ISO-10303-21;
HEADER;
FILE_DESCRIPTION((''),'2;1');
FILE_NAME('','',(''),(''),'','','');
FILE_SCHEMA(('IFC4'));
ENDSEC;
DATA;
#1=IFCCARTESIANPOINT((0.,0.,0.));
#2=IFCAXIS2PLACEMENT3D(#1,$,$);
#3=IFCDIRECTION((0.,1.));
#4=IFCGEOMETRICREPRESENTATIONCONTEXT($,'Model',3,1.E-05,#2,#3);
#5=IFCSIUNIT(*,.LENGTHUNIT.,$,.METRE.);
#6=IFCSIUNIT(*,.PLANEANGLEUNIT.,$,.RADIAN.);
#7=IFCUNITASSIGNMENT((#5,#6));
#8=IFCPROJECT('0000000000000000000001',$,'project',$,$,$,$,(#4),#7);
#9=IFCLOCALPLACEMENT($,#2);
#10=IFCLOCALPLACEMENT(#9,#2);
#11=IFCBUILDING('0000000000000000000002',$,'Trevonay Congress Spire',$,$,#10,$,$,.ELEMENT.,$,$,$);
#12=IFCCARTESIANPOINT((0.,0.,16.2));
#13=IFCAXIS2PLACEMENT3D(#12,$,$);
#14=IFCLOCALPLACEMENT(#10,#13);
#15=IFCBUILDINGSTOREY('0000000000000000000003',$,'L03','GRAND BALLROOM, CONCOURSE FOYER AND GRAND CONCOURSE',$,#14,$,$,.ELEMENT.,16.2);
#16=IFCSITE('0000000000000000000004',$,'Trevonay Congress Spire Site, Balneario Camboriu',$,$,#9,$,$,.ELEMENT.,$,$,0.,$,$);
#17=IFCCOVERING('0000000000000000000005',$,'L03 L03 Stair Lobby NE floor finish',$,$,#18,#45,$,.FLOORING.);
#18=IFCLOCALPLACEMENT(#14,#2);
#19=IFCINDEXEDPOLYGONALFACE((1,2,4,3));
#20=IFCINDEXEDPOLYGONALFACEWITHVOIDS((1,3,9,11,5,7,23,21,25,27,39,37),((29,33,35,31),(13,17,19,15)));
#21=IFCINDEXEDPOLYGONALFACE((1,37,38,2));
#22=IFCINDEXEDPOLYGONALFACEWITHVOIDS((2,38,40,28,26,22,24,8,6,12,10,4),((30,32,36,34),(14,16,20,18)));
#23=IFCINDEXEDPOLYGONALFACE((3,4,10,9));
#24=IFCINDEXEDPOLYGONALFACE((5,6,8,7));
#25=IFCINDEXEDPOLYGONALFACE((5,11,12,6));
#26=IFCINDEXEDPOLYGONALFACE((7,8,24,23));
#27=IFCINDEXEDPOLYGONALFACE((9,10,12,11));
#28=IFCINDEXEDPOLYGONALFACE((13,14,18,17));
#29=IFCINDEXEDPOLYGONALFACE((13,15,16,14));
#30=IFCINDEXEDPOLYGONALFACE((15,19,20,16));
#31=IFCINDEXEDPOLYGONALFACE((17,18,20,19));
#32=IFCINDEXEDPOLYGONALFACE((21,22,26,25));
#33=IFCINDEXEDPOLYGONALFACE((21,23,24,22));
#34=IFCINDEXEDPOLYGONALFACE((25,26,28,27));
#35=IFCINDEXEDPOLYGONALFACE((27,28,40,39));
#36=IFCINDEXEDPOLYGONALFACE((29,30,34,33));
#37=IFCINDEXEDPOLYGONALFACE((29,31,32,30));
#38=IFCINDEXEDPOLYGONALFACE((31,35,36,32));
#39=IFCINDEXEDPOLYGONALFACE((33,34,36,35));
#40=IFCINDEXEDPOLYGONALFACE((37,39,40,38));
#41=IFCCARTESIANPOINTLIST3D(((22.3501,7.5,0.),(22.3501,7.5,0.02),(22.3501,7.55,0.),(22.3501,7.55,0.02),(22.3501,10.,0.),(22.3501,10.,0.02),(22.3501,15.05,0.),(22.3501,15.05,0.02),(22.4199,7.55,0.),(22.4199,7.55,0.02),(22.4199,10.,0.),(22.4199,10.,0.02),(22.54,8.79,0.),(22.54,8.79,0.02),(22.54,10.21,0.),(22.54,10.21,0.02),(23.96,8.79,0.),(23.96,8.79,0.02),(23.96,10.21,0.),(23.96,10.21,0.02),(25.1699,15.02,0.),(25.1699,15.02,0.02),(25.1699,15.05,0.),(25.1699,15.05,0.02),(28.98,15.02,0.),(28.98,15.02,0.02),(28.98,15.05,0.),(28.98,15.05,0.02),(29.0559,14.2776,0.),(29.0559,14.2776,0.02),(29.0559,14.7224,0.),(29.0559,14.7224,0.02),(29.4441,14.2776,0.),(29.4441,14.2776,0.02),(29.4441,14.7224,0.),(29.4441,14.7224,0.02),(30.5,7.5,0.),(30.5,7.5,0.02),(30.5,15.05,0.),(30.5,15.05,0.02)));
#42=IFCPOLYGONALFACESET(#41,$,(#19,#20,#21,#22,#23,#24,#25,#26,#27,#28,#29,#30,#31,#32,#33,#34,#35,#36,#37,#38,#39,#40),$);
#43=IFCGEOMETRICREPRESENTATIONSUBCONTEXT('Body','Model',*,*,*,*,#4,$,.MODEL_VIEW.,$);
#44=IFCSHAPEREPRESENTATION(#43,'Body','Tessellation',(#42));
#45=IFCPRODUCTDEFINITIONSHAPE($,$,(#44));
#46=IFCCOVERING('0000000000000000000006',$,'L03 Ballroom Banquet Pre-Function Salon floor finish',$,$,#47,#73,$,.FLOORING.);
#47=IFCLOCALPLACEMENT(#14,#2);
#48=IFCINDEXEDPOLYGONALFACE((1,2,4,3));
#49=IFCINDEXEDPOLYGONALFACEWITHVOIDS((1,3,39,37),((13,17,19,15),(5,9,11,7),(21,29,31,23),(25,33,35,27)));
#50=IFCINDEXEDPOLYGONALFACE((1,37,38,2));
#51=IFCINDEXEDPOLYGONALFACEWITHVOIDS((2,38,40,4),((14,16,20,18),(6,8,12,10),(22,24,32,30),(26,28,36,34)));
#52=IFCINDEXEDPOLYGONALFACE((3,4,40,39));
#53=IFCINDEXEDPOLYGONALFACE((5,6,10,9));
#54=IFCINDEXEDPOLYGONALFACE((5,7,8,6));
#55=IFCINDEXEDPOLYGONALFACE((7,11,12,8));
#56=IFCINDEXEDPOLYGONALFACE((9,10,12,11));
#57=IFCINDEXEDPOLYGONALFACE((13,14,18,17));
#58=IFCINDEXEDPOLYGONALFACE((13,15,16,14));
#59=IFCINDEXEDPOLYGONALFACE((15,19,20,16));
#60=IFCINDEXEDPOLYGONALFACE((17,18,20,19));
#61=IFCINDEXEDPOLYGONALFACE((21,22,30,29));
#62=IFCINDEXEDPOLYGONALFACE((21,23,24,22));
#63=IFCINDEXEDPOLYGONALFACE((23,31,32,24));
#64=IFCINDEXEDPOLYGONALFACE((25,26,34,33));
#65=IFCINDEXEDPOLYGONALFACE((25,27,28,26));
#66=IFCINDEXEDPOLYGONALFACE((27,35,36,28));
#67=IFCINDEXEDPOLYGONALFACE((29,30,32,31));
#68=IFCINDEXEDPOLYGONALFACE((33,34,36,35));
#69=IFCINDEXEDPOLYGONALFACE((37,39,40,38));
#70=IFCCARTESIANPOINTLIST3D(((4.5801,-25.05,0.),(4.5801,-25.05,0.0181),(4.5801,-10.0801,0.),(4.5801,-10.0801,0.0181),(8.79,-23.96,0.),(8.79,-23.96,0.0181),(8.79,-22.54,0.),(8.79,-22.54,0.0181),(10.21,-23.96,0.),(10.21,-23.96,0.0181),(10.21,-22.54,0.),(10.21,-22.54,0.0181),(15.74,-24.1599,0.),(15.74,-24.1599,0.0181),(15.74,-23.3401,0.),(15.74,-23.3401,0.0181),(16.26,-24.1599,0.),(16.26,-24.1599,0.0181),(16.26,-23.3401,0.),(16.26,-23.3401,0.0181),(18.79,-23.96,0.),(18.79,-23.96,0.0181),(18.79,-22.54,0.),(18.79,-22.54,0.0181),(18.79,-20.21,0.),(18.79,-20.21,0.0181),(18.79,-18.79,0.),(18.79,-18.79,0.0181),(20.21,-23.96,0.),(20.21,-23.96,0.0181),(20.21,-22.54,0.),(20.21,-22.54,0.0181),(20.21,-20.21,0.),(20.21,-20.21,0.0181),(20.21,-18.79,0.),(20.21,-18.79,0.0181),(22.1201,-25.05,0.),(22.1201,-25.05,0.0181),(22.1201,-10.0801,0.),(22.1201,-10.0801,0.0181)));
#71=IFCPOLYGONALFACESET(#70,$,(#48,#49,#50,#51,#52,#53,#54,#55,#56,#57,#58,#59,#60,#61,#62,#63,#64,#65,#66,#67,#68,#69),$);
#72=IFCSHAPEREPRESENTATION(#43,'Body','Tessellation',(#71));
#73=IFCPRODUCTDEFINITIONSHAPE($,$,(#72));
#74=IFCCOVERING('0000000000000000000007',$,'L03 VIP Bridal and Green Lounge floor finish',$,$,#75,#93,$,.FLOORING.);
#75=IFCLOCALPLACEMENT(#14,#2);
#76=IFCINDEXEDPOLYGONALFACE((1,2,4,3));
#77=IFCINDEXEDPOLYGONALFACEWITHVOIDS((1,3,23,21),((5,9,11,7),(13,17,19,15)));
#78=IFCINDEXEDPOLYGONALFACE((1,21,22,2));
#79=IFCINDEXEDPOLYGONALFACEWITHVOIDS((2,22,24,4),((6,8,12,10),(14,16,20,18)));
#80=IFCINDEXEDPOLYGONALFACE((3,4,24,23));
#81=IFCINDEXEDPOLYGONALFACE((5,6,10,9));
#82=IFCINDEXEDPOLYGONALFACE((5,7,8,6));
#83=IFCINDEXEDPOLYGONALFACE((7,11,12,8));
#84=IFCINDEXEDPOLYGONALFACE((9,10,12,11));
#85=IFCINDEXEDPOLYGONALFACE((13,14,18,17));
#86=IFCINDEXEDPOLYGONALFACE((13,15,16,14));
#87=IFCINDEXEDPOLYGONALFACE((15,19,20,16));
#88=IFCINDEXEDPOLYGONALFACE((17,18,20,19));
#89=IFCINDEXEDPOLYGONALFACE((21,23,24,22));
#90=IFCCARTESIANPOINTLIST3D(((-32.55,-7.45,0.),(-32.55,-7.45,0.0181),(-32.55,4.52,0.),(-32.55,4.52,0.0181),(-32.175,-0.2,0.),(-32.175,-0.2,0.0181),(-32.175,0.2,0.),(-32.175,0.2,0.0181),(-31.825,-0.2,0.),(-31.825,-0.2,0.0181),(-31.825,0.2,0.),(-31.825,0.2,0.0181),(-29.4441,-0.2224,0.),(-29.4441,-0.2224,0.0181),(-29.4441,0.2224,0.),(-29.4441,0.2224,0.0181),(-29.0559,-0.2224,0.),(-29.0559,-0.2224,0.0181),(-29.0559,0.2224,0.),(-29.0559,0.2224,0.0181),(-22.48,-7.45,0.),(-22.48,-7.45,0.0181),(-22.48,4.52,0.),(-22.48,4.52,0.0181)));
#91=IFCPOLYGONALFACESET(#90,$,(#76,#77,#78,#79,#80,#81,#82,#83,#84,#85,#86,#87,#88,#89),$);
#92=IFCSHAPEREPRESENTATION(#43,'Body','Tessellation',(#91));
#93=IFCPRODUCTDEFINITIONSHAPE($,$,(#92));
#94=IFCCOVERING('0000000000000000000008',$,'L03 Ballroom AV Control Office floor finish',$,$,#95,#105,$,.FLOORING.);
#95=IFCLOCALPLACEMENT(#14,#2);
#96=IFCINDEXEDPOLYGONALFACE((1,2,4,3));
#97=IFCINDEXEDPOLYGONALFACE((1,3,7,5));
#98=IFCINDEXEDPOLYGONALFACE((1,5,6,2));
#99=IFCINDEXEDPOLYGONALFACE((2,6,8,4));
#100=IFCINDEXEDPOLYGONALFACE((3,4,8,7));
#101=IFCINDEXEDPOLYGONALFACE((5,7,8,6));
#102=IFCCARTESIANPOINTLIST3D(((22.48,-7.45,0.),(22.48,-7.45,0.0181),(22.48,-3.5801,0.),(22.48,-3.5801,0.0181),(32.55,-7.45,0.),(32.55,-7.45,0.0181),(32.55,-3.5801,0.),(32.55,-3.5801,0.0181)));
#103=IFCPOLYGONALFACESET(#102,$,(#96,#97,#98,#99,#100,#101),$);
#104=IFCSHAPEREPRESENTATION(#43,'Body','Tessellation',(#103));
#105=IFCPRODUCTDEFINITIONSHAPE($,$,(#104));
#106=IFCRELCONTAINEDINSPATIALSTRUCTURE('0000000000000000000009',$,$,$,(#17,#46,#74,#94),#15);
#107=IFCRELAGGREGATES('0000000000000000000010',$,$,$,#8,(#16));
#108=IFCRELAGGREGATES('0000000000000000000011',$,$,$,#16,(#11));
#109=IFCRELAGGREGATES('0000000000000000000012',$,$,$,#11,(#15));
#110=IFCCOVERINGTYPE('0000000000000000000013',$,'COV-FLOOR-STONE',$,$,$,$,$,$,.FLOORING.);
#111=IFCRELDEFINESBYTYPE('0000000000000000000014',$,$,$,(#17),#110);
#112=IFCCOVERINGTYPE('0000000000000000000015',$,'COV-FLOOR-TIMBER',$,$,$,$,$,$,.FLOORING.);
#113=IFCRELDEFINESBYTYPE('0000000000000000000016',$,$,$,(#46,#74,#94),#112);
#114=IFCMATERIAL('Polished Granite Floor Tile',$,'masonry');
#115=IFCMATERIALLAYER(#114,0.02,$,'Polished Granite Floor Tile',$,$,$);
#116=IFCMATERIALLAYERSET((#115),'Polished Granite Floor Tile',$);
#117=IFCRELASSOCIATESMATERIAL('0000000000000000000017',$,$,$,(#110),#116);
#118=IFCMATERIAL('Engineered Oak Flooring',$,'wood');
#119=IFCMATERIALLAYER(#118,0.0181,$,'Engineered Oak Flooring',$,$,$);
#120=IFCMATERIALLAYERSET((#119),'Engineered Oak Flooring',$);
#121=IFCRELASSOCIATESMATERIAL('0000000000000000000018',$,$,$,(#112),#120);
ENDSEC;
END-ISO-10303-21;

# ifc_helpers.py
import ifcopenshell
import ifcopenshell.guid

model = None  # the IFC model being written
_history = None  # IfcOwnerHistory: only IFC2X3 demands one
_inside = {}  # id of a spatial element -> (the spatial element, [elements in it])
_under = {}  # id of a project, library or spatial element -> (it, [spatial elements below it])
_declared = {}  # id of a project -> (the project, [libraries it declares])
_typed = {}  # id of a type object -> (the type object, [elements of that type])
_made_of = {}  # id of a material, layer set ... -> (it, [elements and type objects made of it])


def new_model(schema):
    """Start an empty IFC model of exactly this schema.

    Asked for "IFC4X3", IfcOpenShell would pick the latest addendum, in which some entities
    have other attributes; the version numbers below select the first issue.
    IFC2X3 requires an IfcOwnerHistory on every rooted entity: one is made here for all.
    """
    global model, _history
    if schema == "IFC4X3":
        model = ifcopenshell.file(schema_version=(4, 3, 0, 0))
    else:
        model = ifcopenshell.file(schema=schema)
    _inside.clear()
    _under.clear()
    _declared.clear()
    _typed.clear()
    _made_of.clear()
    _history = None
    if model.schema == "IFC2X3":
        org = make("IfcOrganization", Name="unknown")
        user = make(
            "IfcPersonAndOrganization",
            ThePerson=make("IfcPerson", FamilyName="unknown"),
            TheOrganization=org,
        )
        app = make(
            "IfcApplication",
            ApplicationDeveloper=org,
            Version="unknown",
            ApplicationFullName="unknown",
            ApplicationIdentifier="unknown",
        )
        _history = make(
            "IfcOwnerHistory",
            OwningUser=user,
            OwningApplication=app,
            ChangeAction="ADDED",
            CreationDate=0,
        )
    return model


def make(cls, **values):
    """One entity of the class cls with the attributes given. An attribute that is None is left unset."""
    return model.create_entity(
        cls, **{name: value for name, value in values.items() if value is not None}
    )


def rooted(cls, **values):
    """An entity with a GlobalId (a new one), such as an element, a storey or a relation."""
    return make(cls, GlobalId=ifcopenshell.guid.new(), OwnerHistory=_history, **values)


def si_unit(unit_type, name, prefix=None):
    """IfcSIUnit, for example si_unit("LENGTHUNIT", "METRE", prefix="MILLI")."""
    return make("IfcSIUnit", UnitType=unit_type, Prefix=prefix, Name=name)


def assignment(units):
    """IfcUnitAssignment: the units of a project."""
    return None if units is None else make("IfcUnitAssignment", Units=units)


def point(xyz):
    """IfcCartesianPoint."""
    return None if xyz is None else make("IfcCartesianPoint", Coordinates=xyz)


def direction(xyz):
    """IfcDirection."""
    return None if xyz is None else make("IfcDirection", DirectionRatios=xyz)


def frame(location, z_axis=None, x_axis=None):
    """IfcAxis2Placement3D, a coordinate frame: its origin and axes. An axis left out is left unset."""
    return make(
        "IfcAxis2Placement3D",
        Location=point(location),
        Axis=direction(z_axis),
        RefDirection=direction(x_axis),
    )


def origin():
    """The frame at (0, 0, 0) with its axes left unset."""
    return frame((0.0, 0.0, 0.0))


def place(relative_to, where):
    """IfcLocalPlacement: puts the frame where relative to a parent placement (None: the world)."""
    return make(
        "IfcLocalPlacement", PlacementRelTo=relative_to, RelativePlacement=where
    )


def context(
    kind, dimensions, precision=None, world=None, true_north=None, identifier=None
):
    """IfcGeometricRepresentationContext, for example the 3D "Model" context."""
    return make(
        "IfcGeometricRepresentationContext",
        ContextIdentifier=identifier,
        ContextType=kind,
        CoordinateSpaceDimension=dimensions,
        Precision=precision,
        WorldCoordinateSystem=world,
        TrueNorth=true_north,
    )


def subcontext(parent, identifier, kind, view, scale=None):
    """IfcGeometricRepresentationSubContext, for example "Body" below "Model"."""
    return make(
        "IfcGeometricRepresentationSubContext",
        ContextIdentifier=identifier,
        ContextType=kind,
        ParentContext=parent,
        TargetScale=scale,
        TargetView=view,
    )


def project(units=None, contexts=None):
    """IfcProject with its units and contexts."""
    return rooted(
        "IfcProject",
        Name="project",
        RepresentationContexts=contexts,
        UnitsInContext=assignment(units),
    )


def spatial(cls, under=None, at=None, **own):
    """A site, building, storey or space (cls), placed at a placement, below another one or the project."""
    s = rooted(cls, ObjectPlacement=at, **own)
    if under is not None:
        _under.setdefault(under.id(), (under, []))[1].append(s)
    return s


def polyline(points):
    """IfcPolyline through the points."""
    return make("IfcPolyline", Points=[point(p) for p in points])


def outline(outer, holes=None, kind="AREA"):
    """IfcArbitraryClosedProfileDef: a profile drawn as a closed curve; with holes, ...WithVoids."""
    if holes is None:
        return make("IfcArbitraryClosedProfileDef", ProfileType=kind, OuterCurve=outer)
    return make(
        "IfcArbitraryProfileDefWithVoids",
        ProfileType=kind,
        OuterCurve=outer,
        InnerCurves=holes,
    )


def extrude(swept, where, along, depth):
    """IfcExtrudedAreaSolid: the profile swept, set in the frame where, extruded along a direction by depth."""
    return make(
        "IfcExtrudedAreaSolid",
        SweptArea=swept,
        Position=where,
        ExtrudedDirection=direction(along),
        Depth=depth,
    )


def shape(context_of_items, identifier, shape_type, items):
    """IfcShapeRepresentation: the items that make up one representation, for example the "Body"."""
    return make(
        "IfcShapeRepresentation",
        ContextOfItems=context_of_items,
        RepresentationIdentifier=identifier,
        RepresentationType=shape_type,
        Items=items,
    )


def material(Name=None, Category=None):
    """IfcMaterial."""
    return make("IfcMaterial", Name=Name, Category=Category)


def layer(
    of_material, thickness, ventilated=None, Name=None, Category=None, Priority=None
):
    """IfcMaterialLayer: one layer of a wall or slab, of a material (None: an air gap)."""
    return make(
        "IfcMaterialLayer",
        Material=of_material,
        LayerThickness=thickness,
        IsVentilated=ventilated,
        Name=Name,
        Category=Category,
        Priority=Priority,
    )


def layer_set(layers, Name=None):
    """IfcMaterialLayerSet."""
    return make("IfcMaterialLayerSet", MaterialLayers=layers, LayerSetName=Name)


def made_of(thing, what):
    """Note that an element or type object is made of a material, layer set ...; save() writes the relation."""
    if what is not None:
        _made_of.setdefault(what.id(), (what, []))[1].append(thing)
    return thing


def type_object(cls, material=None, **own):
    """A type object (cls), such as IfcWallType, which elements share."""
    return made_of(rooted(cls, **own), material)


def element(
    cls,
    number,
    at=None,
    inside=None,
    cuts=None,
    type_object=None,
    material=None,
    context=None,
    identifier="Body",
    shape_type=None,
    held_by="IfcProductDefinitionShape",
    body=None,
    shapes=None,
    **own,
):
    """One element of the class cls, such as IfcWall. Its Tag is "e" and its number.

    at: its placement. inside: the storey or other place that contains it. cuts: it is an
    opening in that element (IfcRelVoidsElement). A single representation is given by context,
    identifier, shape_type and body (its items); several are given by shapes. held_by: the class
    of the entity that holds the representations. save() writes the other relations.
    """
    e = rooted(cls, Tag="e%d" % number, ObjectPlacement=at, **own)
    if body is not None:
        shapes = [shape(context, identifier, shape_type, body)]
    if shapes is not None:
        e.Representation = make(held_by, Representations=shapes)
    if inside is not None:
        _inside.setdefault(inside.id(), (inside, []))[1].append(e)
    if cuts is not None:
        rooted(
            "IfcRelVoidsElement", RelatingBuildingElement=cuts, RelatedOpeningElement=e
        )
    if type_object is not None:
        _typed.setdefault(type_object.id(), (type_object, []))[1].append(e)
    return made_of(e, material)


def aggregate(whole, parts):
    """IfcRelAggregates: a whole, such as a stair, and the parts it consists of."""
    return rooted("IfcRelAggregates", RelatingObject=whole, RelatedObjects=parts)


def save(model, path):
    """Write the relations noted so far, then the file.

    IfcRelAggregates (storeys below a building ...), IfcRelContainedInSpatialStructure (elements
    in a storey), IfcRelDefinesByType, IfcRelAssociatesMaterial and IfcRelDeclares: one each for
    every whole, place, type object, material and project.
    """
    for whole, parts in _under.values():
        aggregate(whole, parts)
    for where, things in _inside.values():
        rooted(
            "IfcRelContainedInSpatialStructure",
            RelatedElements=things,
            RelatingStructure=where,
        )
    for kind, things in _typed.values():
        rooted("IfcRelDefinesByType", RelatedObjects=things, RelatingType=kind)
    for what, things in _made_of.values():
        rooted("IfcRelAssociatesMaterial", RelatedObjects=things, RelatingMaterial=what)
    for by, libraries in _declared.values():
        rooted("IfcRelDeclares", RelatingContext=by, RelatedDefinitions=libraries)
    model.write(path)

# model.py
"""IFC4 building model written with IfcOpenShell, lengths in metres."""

from ifc_helpers import new_model, si_unit, direction, frame, origin, place, context, subcontext, project, spatial, polyline, outline, extrude, material, layer, layer_set, type_object, element, save


model = new_model("IFC4")

# Units and contexts
model_context = context("Model", 3, precision=1e-05, world=origin(), true_north=direction((0.0, 1.0)))
body_context = subcontext(model_context, "Body", "Model", "MODEL_VIEW")
ifc_project = project(units=[si_unit("LENGTHUNIT", "METRE"), si_unit("PLANEANGLEUNIT", "RADIAN")], contexts=[model_context])

# Site, building, storey
site_placement = place(None, origin())
site = spatial("IfcSite", under=ifc_project, at=site_placement, Name="Trevonay Congress Spire Site, Balneario Camboriu", CompositionType="ELEMENT", RefElevation=0.0)
building_placement = place(site_placement, origin())
building = spatial("IfcBuilding", under=site, at=building_placement, Name="Trevonay Congress Spire", CompositionType="ELEMENT")
storey_placement = place(building_placement, frame((0.0, 0.0, 16.2)))
storey = spatial("IfcBuildingStorey", under=building, at=storey_placement, Name="L03", Description="GRAND BALLROOM, CONCOURSE FOYER AND GRAND CONCOURSE", CompositionType="ELEMENT", Elevation=16.2)

# Coverings
ifc_material_1 = material(Name="Polished Granite Floor Tile", Category="masonry")
ifc_layer_1 = layer(ifc_material_1, 0.02, Name="Polished Granite Floor Tile")
ifc_layer_set_1 = layer_set([ifc_layer_1], Name="Polished Granite Floor Tile")
covering_type_1 = type_object("IfcCoveringType", Name="COV-FLOOR-STONE", PredefinedType="FLOORING", material=ifc_layer_set_1)
covering_1_placement = place(storey_placement, origin())
element("IfcCovering", 1, at=covering_1_placement, inside=storey, type_object=covering_type_1, Name="L03 L03 Stair Lobby NE floor finish", PredefinedType="FLOORING", context=body_context, shape_type="SweptSolid", body=[
    extrude(outline(polyline([(28.98, 15.02), (28.98, 15.05), (30.5, 15.05), (30.5, 7.5), (22.3501, 7.5), (22.3501, 7.55), (22.4199, 7.55), (22.4199, 10.0), (22.3501, 10.0), (22.3501, 15.05), (25.1699, 15.05), (25.1699, 15.02), (28.98, 15.02)]), holes=[polyline([(23.96, 8.79), (23.96, 10.21), (22.54, 10.21), (22.54, 8.79), (23.96, 8.79)]), polyline([(29.4441, 14.2776), (29.4441, 14.7224), (29.0559, 14.7224), (29.0559, 14.2776), (29.4441, 14.2776)])]), origin(), (0.0, 0.0, 1.0), 0.02),
])
ifc_material_2 = material(Name="Engineered Oak Flooring", Category="wood")
ifc_layer_2 = layer(ifc_material_2, 0.0181, Name="Engineered Oak Flooring")
ifc_layer_set_2 = layer_set([ifc_layer_2], Name="Engineered Oak Flooring")
covering_type_2 = type_object("IfcCoveringType", Name="COV-FLOOR-TIMBER", PredefinedType="FLOORING", material=ifc_layer_set_2)
covering_2_placement = place(storey_placement, origin())
element("IfcCovering", 2, at=covering_2_placement, inside=storey, type_object=covering_type_2, Name="L03 Ballroom Banquet Pre-Function Salon floor finish", PredefinedType="FLOORING", context=body_context, shape_type="SweptSolid", body=[
    extrude(outline(polyline([(4.5801, -10.0801), (22.1201, -10.0801), (22.1201, -25.05), (4.5801, -25.05), (4.5801, -10.0801)]), holes=[polyline([(15.74, -23.3401), (15.74, -24.1599), (16.26, -24.1599), (16.26, -23.3401), (15.74, -23.3401)]), polyline([(8.79, -22.54), (8.79, -23.96), (10.21, -23.96), (10.21, -22.54), (8.79, -22.54)]), polyline([(18.79, -22.54), (18.79, -23.96), (20.21, -23.96), (20.21, -22.54), (18.79, -22.54)]), polyline([(18.79, -18.79), (18.79, -20.21), (20.21, -20.21), (20.21, -18.79), (18.79, -18.79)])]), origin(), (0.0, 0.0, 1.0), 0.0181),
])
covering_3_placement = place(storey_placement, origin())
element("IfcCovering", 3, at=covering_3_placement, inside=storey, type_object=covering_type_2, Name="L03 VIP Bridal and Green Lounge floor finish", PredefinedType="FLOORING", context=body_context, shape_type="SweptSolid", body=[
    extrude(outline(polyline([(-32.55, 4.52), (-22.48, 4.52), (-22.48, -7.45), (-32.55, -7.45), (-32.55, 4.52)]), holes=[polyline([(-32.175, -0.2), (-31.825, -0.2), (-31.825, 0.2), (-32.175, 0.2), (-32.175, -0.2)]), polyline([(-29.4441, -0.2224), (-29.0559, -0.2224), (-29.0559, 0.2224), (-29.4441, 0.2224), (-29.4441, -0.2224)])]), origin(), (0.0, 0.0, 1.0), 0.0181),
])
covering_4_placement = place(storey_placement, origin())
element("IfcCovering", 4, at=covering_4_placement, inside=storey, type_object=covering_type_2, Name="L03 Ballroom AV Control Office floor finish", PredefinedType="FLOORING", context=body_context, shape_type="SweptSolid", body=[
    extrude(outline(polyline([(22.48, -7.45), (32.55, -7.45), (32.55, -3.5801), (22.48, -3.5801), (22.48, -7.45)])), origin(), (0.0, 0.0, 1.0), 0.0181),
])

save(model, "model.ifc")
